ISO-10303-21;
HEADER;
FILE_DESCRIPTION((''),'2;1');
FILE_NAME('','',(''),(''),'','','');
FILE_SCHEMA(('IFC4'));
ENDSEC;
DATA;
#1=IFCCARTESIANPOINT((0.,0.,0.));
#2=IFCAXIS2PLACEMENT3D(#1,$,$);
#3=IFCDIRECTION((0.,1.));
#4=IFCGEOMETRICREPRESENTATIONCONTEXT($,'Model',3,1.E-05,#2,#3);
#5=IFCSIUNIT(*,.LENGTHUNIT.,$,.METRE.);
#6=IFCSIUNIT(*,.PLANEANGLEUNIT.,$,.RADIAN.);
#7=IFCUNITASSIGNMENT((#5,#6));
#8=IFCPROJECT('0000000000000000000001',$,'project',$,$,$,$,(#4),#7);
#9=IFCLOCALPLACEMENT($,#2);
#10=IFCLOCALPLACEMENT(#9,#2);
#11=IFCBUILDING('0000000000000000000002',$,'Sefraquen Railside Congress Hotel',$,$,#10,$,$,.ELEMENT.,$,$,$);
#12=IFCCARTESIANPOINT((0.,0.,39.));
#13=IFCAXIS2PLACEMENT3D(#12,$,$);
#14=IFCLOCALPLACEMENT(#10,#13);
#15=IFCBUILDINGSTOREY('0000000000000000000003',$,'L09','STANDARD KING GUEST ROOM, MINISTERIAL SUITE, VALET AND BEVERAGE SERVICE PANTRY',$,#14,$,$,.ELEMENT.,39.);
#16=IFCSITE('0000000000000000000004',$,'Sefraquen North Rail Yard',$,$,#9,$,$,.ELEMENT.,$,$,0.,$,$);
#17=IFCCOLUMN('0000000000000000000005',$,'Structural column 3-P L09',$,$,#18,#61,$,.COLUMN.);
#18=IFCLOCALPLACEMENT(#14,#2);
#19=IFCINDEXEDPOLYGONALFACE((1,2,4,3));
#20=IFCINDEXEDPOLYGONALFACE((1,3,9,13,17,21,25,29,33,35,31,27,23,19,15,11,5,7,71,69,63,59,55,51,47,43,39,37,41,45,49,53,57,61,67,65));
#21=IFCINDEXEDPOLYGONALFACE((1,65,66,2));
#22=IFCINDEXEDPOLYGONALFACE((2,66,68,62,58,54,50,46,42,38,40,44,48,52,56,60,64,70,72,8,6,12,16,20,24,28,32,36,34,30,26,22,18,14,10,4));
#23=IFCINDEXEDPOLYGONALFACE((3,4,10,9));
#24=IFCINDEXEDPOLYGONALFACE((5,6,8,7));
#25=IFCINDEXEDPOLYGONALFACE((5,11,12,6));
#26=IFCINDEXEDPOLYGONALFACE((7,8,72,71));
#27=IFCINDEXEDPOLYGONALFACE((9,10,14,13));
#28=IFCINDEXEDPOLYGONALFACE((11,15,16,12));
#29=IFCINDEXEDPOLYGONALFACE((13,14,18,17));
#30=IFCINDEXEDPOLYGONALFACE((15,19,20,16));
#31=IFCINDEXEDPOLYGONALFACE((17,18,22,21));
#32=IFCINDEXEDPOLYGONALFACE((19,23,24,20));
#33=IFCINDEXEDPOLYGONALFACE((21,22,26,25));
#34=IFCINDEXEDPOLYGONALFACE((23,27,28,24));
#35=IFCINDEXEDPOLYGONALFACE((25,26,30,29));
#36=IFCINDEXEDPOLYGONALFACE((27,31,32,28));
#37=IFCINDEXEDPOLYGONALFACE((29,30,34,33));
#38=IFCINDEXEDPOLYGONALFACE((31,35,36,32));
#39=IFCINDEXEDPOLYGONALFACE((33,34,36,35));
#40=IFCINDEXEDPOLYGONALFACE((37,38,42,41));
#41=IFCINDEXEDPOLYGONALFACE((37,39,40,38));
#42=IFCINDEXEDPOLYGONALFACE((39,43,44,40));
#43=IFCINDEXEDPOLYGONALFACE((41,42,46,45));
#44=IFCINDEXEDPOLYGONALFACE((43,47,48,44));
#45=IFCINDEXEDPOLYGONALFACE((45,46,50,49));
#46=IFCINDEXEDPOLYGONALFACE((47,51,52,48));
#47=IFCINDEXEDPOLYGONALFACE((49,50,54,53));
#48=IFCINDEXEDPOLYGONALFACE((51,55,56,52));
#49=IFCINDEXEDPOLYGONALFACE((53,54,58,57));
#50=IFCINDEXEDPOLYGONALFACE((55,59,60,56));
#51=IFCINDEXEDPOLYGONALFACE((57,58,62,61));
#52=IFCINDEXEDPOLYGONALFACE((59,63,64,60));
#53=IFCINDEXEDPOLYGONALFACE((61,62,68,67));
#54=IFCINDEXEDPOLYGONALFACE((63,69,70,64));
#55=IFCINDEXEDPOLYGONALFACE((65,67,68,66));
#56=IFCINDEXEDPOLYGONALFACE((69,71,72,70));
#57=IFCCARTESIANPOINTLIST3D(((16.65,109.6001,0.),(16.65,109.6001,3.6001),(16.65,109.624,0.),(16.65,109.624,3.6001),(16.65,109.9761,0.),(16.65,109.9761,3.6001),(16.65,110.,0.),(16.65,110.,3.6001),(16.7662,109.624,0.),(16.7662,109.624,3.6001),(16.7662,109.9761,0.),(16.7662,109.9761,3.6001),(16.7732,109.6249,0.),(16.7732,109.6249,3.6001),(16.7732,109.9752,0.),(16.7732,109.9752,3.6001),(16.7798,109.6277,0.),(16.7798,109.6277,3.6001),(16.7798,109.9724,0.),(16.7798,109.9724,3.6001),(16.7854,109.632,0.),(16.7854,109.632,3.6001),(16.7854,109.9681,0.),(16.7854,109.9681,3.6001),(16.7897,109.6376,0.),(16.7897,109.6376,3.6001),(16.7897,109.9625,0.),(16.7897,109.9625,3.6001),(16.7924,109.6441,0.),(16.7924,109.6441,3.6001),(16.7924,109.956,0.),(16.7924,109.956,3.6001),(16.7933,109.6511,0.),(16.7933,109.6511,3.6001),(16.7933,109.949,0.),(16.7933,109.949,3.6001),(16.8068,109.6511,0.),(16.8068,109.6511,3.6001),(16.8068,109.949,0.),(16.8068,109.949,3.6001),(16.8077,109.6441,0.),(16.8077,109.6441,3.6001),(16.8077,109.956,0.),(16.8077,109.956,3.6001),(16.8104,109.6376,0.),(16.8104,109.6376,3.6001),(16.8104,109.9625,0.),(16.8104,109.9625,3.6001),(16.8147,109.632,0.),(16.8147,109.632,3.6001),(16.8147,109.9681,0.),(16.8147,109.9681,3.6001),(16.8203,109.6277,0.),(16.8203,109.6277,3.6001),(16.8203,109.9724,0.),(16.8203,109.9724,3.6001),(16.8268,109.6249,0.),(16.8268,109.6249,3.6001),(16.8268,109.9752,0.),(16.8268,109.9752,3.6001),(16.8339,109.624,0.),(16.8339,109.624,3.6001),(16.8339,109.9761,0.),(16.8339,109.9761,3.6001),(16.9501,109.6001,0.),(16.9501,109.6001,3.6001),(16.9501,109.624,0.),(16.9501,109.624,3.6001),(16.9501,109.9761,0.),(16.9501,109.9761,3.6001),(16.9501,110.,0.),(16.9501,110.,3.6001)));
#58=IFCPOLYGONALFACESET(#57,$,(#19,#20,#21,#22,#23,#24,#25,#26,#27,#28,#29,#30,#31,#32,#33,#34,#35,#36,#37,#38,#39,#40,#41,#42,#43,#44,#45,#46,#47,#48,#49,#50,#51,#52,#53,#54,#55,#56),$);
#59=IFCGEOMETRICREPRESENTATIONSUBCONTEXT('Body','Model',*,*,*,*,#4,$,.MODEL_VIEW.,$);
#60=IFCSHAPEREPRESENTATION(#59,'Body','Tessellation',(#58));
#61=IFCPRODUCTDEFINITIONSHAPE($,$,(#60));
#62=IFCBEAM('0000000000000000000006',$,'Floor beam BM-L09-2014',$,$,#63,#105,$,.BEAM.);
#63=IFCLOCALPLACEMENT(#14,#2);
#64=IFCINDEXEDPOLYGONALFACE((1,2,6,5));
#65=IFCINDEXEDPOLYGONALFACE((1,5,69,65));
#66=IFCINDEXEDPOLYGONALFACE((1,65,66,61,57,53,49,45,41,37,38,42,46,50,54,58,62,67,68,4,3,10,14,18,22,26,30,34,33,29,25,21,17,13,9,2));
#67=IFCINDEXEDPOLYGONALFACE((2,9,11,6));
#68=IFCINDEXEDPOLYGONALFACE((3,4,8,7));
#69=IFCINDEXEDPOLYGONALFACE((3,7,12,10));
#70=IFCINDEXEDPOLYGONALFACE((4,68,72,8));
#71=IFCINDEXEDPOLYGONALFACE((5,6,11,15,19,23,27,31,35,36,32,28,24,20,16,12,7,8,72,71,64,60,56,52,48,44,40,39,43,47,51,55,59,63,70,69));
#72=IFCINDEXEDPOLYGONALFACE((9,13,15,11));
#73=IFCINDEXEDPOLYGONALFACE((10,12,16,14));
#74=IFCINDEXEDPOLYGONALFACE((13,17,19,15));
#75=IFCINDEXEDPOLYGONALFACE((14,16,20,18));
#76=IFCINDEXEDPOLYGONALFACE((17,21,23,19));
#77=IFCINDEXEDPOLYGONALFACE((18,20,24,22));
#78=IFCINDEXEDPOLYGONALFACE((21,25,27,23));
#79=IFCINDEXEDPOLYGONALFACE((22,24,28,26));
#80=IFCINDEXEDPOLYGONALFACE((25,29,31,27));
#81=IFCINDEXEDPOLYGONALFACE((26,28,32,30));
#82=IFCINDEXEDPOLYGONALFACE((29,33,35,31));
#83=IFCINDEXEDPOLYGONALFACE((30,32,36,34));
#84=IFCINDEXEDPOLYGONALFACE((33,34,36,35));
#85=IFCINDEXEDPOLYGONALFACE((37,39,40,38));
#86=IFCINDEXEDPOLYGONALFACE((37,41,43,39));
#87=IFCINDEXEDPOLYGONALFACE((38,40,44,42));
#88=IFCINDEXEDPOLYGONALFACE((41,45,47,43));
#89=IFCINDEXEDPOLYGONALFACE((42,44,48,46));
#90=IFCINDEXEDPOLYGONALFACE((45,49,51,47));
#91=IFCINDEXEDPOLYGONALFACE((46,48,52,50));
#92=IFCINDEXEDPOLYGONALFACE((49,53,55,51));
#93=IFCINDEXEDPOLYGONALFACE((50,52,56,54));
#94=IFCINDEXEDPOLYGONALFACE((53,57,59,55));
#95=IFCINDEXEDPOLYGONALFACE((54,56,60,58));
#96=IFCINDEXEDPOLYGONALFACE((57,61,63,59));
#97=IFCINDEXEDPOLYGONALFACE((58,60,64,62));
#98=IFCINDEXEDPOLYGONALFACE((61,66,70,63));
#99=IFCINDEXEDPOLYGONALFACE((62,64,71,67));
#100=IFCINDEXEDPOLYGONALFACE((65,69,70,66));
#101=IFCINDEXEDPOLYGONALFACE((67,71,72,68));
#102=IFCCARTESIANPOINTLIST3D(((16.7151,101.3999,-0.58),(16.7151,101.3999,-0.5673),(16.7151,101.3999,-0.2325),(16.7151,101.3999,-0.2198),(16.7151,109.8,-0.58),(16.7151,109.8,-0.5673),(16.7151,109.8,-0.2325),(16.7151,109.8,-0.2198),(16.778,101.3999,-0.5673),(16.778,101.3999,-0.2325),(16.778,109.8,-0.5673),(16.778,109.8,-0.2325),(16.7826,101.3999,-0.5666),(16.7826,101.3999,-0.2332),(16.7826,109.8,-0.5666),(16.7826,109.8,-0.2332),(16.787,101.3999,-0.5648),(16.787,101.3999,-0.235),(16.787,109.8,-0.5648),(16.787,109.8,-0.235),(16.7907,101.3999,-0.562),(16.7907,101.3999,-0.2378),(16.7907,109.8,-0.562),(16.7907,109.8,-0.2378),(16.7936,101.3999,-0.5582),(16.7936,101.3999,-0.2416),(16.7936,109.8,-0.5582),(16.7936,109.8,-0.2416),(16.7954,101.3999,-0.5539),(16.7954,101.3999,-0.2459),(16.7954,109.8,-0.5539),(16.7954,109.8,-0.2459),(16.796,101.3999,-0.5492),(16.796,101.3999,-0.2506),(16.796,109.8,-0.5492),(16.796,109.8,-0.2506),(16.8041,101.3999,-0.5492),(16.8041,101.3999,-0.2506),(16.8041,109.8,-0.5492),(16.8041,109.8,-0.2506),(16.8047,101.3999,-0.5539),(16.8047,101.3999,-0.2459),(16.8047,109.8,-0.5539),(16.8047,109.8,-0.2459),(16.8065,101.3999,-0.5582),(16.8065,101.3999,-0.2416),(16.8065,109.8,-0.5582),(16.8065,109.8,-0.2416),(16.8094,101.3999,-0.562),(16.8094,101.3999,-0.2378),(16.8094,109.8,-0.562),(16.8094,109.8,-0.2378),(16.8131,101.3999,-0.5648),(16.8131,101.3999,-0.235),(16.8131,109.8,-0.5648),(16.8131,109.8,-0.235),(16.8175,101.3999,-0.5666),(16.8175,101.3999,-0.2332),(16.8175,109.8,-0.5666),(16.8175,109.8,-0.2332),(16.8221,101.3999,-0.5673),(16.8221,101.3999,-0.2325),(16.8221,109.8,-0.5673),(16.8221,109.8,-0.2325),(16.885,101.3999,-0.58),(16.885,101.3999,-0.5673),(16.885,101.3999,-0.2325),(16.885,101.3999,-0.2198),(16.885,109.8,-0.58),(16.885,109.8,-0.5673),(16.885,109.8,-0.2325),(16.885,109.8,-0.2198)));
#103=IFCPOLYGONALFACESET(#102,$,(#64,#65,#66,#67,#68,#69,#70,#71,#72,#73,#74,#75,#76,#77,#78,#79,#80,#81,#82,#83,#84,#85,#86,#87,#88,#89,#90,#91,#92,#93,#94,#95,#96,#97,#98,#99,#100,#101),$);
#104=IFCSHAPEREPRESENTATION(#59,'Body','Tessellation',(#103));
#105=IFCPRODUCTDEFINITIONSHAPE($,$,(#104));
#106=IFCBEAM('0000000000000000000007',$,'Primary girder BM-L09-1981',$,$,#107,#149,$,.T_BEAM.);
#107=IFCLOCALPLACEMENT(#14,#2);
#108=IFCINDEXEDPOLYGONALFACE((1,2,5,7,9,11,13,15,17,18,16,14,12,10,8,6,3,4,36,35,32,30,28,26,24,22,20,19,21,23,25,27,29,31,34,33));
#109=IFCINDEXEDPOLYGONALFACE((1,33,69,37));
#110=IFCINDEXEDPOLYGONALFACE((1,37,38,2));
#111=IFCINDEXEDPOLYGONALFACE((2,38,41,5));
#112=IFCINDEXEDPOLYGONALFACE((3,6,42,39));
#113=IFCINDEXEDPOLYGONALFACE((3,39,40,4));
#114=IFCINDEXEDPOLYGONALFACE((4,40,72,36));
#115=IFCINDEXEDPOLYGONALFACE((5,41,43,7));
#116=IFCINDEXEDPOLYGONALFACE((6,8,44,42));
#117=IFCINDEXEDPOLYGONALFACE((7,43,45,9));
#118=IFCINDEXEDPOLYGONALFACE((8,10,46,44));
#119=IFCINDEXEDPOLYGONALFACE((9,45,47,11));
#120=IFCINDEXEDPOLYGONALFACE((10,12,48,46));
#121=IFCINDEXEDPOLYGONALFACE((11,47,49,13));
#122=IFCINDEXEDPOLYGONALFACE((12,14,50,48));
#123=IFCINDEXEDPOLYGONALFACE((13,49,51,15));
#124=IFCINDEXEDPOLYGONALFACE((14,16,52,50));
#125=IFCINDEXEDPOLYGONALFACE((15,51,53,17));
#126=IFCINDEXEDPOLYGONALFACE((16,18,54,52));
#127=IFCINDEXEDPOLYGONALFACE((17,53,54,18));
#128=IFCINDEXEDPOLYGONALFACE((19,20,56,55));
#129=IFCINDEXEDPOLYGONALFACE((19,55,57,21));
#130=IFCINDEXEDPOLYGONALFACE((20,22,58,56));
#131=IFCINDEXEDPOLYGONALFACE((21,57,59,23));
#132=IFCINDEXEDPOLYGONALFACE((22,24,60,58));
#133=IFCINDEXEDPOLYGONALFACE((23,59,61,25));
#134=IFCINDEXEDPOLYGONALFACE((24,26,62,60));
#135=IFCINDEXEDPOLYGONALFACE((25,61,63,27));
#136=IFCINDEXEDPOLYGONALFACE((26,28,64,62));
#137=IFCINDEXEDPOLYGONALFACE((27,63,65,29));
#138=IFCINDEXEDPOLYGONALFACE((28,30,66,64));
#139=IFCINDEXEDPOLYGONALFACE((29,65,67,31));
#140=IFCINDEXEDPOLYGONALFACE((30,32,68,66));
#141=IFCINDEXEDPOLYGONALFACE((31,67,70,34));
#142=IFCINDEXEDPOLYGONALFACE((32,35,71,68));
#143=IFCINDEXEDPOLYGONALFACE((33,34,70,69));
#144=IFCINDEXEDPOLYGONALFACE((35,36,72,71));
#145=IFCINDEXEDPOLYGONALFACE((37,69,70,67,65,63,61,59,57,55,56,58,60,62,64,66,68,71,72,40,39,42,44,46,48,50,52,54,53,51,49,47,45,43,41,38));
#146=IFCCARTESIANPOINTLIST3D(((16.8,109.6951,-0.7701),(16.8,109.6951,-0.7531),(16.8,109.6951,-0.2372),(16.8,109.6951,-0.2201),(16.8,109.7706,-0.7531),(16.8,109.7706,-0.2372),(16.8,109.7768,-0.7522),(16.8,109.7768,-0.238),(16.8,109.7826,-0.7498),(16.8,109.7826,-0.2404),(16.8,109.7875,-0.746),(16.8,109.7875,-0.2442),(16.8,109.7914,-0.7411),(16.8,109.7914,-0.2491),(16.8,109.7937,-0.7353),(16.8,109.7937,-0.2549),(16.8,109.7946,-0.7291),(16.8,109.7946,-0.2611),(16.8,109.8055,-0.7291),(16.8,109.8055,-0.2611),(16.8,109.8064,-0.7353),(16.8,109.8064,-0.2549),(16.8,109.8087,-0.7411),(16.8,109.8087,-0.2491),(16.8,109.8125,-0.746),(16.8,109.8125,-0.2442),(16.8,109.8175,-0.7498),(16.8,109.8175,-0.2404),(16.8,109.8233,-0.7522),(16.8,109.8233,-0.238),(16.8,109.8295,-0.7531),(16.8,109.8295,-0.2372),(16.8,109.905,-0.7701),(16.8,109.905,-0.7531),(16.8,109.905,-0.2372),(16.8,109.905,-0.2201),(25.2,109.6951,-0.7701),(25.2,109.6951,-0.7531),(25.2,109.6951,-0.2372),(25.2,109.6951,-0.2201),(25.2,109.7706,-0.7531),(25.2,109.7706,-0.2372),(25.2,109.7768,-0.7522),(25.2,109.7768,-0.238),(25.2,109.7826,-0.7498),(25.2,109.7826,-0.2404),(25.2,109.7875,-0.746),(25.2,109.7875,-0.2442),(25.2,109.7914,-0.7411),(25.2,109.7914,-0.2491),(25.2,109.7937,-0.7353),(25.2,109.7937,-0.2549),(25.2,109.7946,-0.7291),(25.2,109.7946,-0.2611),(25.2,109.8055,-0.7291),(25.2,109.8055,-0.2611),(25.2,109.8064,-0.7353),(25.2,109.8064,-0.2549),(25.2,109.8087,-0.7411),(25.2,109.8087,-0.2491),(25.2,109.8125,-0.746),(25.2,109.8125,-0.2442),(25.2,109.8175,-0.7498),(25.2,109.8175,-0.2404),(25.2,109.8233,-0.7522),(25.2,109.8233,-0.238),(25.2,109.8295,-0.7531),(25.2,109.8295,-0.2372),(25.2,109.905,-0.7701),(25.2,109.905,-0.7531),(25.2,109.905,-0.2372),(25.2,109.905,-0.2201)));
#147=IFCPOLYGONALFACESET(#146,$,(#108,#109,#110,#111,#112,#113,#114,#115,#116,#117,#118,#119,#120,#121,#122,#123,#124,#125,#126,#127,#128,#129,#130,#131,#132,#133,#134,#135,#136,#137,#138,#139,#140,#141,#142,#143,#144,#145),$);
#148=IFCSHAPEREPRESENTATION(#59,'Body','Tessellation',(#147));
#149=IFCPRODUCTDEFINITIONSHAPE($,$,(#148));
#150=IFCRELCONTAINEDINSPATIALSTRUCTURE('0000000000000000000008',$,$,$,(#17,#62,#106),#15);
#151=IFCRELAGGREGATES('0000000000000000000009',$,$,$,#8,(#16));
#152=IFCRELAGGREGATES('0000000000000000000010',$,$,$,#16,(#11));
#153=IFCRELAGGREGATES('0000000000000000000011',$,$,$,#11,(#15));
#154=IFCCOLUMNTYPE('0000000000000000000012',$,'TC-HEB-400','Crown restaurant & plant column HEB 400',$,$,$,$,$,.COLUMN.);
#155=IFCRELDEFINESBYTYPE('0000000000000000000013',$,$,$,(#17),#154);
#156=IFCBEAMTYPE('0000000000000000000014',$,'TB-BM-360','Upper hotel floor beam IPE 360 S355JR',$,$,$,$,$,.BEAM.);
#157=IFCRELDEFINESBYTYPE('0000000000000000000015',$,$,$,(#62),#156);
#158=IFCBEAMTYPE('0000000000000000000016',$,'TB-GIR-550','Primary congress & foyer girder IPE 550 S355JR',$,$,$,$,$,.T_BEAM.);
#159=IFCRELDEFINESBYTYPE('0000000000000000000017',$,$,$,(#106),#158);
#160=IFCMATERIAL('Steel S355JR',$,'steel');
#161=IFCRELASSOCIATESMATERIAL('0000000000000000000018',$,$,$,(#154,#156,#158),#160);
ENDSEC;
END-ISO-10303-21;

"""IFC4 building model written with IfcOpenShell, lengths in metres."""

from ifc_helpers import new_model, si_unit, direction, frame, origin, origin_2d, place, context, subcontext, project, spatial, i_section, extrude, material, material_profile, profile_set, type_object, element, save


model = new_model("IFC4")

# Units and contexts
model_context = context("Model", 3, precision=1e-05, world=origin(), true_north=direction((0.0, 1.0)))
body_context = subcontext(model_context, "Body", "Model", "MODEL_VIEW")
ifc_project = project(units=[si_unit("LENGTHUNIT", "METRE"), si_unit("PLANEANGLEUNIT", "RADIAN")], contexts=[model_context])

# Site, building, storey
site_placement = place(None, origin())
site = spatial("IfcSite", under=ifc_project, at=site_placement, Name="Sefraquen North Rail Yard", CompositionType="ELEMENT", RefElevation=0.0)
building_placement = place(site_placement, origin())
building = spatial("IfcBuilding", under=site, at=building_placement, Name="Sefraquen Railside Congress Hotel", CompositionType="ELEMENT")
storey_placement = place(building_placement, frame((0.0, 0.0, 39.0)))
storey = spatial("IfcBuildingStorey", under=building, at=storey_placement, Name="L09", Description="STANDARD KING GUEST ROOM, MINISTERIAL SUITE, VALET AND BEVERAGE SERVICE PANTRY", CompositionType="ELEMENT", Elevation=39.0)

# Column
ifc_material_1 = material(Name="Steel S355JR", Category="steel")
ifc_material_profile_1 = material_profile(ifc_material_1, i_section(OverallWidth=0.3, OverallDepth=0.3999, WebThickness=0.0134, FlangeThickness=0.0239, FilletRadius=0.0271, at=origin_2d()), Name="HEB 400")
ifc_profile_set_1 = profile_set([ifc_material_profile_1], Name="Steel S355JR")
column_type = type_object("IfcColumnType", Name="TC-HEB-400", Description="Crown restaurant & plant column HEB 400", PredefinedType="COLUMN", material=ifc_profile_set_1)
column_placement = place(storey_placement, frame((16.8, 109.8, 0.0), z_axis=(0.0, 0.0, 1.0), x_axis=(1.0, 0.0, 0.0)))
element("IfcColumn", 1, at=column_placement, inside=storey, type_object=column_type, Name="Structural column 3-P L09", PredefinedType="COLUMN", context=body_context, shape_type="SweptSolid", body=[
    extrude(i_section(OverallWidth=0.3, OverallDepth=0.3999, WebThickness=0.0134, FlangeThickness=0.0239, FilletRadius=0.0271, at=origin_2d()), origin(), (0.0, 0.0, 1.0), 3.6001),
])

# Beams
ifc_material_profile_2 = material_profile(ifc_material_1, i_section(OverallWidth=0.1699, OverallDepth=0.3601, WebThickness=0.0081, FlangeThickness=0.0127, FilletRadius=0.0181, at=origin_2d()), Name="IPE 360")
ifc_profile_set_2 = profile_set([ifc_material_profile_2], Name="Steel S355JR")
beam_type_1 = type_object("IfcBeamType", Name="TB-BM-360", Description="Upper hotel floor beam IPE 360 S355JR", PredefinedType="BEAM", material=ifc_profile_set_2)
beam_1_placement = place(storey_placement, frame((16.8, 101.3999, -0.3999), z_axis=(0.0, 1.0, 0.0), x_axis=(-1.0, 0.0, 0.0)))
element("IfcBeam", 2, at=beam_1_placement, inside=storey, type_object=beam_type_1, Name="Floor beam BM-L09-2014", PredefinedType="BEAM", context=body_context, shape_type="SweptSolid", body=[
    extrude(i_section(OverallWidth=0.1699, OverallDepth=0.3601, WebThickness=0.0081, FlangeThickness=0.0127, FilletRadius=0.0181, at=origin_2d()), origin(), (0.0, 0.0, 1.0), 8.4001),
])
ifc_material_profile_3 = material_profile(ifc_material_1, i_section(OverallWidth=0.21, OverallDepth=0.55, WebThickness=0.011, FlangeThickness=0.0171, FilletRadius=0.0239, at=origin_2d()), Name="IPE 550")
ifc_profile_set_3 = profile_set([ifc_material_profile_3], Name="Steel S355JR")
beam_type_2 = type_object("IfcBeamType", Name="TB-GIR-550", Description="Primary congress & foyer girder IPE 550 S355JR", PredefinedType="T_BEAM", material=ifc_profile_set_3)
beam_2_placement = place(storey_placement, frame((16.8, 109.8, -0.4951), z_axis=(1.0, 0.0, 0.0), x_axis=(0.0, 1.0, 0.0)))
element("IfcBeam", 3, at=beam_2_placement, inside=storey, type_object=beam_type_2, Name="Primary girder BM-L09-1981", PredefinedType="T_BEAM", context=body_context, shape_type="SweptSolid", body=[
    extrude(i_section(OverallWidth=0.21, OverallDepth=0.55, WebThickness=0.011, FlangeThickness=0.0171, FilletRadius=0.0239, at=origin_2d()), origin(), (0.0, 0.0, 1.0), 8.3999),
])

save(model, "model.ifc")
